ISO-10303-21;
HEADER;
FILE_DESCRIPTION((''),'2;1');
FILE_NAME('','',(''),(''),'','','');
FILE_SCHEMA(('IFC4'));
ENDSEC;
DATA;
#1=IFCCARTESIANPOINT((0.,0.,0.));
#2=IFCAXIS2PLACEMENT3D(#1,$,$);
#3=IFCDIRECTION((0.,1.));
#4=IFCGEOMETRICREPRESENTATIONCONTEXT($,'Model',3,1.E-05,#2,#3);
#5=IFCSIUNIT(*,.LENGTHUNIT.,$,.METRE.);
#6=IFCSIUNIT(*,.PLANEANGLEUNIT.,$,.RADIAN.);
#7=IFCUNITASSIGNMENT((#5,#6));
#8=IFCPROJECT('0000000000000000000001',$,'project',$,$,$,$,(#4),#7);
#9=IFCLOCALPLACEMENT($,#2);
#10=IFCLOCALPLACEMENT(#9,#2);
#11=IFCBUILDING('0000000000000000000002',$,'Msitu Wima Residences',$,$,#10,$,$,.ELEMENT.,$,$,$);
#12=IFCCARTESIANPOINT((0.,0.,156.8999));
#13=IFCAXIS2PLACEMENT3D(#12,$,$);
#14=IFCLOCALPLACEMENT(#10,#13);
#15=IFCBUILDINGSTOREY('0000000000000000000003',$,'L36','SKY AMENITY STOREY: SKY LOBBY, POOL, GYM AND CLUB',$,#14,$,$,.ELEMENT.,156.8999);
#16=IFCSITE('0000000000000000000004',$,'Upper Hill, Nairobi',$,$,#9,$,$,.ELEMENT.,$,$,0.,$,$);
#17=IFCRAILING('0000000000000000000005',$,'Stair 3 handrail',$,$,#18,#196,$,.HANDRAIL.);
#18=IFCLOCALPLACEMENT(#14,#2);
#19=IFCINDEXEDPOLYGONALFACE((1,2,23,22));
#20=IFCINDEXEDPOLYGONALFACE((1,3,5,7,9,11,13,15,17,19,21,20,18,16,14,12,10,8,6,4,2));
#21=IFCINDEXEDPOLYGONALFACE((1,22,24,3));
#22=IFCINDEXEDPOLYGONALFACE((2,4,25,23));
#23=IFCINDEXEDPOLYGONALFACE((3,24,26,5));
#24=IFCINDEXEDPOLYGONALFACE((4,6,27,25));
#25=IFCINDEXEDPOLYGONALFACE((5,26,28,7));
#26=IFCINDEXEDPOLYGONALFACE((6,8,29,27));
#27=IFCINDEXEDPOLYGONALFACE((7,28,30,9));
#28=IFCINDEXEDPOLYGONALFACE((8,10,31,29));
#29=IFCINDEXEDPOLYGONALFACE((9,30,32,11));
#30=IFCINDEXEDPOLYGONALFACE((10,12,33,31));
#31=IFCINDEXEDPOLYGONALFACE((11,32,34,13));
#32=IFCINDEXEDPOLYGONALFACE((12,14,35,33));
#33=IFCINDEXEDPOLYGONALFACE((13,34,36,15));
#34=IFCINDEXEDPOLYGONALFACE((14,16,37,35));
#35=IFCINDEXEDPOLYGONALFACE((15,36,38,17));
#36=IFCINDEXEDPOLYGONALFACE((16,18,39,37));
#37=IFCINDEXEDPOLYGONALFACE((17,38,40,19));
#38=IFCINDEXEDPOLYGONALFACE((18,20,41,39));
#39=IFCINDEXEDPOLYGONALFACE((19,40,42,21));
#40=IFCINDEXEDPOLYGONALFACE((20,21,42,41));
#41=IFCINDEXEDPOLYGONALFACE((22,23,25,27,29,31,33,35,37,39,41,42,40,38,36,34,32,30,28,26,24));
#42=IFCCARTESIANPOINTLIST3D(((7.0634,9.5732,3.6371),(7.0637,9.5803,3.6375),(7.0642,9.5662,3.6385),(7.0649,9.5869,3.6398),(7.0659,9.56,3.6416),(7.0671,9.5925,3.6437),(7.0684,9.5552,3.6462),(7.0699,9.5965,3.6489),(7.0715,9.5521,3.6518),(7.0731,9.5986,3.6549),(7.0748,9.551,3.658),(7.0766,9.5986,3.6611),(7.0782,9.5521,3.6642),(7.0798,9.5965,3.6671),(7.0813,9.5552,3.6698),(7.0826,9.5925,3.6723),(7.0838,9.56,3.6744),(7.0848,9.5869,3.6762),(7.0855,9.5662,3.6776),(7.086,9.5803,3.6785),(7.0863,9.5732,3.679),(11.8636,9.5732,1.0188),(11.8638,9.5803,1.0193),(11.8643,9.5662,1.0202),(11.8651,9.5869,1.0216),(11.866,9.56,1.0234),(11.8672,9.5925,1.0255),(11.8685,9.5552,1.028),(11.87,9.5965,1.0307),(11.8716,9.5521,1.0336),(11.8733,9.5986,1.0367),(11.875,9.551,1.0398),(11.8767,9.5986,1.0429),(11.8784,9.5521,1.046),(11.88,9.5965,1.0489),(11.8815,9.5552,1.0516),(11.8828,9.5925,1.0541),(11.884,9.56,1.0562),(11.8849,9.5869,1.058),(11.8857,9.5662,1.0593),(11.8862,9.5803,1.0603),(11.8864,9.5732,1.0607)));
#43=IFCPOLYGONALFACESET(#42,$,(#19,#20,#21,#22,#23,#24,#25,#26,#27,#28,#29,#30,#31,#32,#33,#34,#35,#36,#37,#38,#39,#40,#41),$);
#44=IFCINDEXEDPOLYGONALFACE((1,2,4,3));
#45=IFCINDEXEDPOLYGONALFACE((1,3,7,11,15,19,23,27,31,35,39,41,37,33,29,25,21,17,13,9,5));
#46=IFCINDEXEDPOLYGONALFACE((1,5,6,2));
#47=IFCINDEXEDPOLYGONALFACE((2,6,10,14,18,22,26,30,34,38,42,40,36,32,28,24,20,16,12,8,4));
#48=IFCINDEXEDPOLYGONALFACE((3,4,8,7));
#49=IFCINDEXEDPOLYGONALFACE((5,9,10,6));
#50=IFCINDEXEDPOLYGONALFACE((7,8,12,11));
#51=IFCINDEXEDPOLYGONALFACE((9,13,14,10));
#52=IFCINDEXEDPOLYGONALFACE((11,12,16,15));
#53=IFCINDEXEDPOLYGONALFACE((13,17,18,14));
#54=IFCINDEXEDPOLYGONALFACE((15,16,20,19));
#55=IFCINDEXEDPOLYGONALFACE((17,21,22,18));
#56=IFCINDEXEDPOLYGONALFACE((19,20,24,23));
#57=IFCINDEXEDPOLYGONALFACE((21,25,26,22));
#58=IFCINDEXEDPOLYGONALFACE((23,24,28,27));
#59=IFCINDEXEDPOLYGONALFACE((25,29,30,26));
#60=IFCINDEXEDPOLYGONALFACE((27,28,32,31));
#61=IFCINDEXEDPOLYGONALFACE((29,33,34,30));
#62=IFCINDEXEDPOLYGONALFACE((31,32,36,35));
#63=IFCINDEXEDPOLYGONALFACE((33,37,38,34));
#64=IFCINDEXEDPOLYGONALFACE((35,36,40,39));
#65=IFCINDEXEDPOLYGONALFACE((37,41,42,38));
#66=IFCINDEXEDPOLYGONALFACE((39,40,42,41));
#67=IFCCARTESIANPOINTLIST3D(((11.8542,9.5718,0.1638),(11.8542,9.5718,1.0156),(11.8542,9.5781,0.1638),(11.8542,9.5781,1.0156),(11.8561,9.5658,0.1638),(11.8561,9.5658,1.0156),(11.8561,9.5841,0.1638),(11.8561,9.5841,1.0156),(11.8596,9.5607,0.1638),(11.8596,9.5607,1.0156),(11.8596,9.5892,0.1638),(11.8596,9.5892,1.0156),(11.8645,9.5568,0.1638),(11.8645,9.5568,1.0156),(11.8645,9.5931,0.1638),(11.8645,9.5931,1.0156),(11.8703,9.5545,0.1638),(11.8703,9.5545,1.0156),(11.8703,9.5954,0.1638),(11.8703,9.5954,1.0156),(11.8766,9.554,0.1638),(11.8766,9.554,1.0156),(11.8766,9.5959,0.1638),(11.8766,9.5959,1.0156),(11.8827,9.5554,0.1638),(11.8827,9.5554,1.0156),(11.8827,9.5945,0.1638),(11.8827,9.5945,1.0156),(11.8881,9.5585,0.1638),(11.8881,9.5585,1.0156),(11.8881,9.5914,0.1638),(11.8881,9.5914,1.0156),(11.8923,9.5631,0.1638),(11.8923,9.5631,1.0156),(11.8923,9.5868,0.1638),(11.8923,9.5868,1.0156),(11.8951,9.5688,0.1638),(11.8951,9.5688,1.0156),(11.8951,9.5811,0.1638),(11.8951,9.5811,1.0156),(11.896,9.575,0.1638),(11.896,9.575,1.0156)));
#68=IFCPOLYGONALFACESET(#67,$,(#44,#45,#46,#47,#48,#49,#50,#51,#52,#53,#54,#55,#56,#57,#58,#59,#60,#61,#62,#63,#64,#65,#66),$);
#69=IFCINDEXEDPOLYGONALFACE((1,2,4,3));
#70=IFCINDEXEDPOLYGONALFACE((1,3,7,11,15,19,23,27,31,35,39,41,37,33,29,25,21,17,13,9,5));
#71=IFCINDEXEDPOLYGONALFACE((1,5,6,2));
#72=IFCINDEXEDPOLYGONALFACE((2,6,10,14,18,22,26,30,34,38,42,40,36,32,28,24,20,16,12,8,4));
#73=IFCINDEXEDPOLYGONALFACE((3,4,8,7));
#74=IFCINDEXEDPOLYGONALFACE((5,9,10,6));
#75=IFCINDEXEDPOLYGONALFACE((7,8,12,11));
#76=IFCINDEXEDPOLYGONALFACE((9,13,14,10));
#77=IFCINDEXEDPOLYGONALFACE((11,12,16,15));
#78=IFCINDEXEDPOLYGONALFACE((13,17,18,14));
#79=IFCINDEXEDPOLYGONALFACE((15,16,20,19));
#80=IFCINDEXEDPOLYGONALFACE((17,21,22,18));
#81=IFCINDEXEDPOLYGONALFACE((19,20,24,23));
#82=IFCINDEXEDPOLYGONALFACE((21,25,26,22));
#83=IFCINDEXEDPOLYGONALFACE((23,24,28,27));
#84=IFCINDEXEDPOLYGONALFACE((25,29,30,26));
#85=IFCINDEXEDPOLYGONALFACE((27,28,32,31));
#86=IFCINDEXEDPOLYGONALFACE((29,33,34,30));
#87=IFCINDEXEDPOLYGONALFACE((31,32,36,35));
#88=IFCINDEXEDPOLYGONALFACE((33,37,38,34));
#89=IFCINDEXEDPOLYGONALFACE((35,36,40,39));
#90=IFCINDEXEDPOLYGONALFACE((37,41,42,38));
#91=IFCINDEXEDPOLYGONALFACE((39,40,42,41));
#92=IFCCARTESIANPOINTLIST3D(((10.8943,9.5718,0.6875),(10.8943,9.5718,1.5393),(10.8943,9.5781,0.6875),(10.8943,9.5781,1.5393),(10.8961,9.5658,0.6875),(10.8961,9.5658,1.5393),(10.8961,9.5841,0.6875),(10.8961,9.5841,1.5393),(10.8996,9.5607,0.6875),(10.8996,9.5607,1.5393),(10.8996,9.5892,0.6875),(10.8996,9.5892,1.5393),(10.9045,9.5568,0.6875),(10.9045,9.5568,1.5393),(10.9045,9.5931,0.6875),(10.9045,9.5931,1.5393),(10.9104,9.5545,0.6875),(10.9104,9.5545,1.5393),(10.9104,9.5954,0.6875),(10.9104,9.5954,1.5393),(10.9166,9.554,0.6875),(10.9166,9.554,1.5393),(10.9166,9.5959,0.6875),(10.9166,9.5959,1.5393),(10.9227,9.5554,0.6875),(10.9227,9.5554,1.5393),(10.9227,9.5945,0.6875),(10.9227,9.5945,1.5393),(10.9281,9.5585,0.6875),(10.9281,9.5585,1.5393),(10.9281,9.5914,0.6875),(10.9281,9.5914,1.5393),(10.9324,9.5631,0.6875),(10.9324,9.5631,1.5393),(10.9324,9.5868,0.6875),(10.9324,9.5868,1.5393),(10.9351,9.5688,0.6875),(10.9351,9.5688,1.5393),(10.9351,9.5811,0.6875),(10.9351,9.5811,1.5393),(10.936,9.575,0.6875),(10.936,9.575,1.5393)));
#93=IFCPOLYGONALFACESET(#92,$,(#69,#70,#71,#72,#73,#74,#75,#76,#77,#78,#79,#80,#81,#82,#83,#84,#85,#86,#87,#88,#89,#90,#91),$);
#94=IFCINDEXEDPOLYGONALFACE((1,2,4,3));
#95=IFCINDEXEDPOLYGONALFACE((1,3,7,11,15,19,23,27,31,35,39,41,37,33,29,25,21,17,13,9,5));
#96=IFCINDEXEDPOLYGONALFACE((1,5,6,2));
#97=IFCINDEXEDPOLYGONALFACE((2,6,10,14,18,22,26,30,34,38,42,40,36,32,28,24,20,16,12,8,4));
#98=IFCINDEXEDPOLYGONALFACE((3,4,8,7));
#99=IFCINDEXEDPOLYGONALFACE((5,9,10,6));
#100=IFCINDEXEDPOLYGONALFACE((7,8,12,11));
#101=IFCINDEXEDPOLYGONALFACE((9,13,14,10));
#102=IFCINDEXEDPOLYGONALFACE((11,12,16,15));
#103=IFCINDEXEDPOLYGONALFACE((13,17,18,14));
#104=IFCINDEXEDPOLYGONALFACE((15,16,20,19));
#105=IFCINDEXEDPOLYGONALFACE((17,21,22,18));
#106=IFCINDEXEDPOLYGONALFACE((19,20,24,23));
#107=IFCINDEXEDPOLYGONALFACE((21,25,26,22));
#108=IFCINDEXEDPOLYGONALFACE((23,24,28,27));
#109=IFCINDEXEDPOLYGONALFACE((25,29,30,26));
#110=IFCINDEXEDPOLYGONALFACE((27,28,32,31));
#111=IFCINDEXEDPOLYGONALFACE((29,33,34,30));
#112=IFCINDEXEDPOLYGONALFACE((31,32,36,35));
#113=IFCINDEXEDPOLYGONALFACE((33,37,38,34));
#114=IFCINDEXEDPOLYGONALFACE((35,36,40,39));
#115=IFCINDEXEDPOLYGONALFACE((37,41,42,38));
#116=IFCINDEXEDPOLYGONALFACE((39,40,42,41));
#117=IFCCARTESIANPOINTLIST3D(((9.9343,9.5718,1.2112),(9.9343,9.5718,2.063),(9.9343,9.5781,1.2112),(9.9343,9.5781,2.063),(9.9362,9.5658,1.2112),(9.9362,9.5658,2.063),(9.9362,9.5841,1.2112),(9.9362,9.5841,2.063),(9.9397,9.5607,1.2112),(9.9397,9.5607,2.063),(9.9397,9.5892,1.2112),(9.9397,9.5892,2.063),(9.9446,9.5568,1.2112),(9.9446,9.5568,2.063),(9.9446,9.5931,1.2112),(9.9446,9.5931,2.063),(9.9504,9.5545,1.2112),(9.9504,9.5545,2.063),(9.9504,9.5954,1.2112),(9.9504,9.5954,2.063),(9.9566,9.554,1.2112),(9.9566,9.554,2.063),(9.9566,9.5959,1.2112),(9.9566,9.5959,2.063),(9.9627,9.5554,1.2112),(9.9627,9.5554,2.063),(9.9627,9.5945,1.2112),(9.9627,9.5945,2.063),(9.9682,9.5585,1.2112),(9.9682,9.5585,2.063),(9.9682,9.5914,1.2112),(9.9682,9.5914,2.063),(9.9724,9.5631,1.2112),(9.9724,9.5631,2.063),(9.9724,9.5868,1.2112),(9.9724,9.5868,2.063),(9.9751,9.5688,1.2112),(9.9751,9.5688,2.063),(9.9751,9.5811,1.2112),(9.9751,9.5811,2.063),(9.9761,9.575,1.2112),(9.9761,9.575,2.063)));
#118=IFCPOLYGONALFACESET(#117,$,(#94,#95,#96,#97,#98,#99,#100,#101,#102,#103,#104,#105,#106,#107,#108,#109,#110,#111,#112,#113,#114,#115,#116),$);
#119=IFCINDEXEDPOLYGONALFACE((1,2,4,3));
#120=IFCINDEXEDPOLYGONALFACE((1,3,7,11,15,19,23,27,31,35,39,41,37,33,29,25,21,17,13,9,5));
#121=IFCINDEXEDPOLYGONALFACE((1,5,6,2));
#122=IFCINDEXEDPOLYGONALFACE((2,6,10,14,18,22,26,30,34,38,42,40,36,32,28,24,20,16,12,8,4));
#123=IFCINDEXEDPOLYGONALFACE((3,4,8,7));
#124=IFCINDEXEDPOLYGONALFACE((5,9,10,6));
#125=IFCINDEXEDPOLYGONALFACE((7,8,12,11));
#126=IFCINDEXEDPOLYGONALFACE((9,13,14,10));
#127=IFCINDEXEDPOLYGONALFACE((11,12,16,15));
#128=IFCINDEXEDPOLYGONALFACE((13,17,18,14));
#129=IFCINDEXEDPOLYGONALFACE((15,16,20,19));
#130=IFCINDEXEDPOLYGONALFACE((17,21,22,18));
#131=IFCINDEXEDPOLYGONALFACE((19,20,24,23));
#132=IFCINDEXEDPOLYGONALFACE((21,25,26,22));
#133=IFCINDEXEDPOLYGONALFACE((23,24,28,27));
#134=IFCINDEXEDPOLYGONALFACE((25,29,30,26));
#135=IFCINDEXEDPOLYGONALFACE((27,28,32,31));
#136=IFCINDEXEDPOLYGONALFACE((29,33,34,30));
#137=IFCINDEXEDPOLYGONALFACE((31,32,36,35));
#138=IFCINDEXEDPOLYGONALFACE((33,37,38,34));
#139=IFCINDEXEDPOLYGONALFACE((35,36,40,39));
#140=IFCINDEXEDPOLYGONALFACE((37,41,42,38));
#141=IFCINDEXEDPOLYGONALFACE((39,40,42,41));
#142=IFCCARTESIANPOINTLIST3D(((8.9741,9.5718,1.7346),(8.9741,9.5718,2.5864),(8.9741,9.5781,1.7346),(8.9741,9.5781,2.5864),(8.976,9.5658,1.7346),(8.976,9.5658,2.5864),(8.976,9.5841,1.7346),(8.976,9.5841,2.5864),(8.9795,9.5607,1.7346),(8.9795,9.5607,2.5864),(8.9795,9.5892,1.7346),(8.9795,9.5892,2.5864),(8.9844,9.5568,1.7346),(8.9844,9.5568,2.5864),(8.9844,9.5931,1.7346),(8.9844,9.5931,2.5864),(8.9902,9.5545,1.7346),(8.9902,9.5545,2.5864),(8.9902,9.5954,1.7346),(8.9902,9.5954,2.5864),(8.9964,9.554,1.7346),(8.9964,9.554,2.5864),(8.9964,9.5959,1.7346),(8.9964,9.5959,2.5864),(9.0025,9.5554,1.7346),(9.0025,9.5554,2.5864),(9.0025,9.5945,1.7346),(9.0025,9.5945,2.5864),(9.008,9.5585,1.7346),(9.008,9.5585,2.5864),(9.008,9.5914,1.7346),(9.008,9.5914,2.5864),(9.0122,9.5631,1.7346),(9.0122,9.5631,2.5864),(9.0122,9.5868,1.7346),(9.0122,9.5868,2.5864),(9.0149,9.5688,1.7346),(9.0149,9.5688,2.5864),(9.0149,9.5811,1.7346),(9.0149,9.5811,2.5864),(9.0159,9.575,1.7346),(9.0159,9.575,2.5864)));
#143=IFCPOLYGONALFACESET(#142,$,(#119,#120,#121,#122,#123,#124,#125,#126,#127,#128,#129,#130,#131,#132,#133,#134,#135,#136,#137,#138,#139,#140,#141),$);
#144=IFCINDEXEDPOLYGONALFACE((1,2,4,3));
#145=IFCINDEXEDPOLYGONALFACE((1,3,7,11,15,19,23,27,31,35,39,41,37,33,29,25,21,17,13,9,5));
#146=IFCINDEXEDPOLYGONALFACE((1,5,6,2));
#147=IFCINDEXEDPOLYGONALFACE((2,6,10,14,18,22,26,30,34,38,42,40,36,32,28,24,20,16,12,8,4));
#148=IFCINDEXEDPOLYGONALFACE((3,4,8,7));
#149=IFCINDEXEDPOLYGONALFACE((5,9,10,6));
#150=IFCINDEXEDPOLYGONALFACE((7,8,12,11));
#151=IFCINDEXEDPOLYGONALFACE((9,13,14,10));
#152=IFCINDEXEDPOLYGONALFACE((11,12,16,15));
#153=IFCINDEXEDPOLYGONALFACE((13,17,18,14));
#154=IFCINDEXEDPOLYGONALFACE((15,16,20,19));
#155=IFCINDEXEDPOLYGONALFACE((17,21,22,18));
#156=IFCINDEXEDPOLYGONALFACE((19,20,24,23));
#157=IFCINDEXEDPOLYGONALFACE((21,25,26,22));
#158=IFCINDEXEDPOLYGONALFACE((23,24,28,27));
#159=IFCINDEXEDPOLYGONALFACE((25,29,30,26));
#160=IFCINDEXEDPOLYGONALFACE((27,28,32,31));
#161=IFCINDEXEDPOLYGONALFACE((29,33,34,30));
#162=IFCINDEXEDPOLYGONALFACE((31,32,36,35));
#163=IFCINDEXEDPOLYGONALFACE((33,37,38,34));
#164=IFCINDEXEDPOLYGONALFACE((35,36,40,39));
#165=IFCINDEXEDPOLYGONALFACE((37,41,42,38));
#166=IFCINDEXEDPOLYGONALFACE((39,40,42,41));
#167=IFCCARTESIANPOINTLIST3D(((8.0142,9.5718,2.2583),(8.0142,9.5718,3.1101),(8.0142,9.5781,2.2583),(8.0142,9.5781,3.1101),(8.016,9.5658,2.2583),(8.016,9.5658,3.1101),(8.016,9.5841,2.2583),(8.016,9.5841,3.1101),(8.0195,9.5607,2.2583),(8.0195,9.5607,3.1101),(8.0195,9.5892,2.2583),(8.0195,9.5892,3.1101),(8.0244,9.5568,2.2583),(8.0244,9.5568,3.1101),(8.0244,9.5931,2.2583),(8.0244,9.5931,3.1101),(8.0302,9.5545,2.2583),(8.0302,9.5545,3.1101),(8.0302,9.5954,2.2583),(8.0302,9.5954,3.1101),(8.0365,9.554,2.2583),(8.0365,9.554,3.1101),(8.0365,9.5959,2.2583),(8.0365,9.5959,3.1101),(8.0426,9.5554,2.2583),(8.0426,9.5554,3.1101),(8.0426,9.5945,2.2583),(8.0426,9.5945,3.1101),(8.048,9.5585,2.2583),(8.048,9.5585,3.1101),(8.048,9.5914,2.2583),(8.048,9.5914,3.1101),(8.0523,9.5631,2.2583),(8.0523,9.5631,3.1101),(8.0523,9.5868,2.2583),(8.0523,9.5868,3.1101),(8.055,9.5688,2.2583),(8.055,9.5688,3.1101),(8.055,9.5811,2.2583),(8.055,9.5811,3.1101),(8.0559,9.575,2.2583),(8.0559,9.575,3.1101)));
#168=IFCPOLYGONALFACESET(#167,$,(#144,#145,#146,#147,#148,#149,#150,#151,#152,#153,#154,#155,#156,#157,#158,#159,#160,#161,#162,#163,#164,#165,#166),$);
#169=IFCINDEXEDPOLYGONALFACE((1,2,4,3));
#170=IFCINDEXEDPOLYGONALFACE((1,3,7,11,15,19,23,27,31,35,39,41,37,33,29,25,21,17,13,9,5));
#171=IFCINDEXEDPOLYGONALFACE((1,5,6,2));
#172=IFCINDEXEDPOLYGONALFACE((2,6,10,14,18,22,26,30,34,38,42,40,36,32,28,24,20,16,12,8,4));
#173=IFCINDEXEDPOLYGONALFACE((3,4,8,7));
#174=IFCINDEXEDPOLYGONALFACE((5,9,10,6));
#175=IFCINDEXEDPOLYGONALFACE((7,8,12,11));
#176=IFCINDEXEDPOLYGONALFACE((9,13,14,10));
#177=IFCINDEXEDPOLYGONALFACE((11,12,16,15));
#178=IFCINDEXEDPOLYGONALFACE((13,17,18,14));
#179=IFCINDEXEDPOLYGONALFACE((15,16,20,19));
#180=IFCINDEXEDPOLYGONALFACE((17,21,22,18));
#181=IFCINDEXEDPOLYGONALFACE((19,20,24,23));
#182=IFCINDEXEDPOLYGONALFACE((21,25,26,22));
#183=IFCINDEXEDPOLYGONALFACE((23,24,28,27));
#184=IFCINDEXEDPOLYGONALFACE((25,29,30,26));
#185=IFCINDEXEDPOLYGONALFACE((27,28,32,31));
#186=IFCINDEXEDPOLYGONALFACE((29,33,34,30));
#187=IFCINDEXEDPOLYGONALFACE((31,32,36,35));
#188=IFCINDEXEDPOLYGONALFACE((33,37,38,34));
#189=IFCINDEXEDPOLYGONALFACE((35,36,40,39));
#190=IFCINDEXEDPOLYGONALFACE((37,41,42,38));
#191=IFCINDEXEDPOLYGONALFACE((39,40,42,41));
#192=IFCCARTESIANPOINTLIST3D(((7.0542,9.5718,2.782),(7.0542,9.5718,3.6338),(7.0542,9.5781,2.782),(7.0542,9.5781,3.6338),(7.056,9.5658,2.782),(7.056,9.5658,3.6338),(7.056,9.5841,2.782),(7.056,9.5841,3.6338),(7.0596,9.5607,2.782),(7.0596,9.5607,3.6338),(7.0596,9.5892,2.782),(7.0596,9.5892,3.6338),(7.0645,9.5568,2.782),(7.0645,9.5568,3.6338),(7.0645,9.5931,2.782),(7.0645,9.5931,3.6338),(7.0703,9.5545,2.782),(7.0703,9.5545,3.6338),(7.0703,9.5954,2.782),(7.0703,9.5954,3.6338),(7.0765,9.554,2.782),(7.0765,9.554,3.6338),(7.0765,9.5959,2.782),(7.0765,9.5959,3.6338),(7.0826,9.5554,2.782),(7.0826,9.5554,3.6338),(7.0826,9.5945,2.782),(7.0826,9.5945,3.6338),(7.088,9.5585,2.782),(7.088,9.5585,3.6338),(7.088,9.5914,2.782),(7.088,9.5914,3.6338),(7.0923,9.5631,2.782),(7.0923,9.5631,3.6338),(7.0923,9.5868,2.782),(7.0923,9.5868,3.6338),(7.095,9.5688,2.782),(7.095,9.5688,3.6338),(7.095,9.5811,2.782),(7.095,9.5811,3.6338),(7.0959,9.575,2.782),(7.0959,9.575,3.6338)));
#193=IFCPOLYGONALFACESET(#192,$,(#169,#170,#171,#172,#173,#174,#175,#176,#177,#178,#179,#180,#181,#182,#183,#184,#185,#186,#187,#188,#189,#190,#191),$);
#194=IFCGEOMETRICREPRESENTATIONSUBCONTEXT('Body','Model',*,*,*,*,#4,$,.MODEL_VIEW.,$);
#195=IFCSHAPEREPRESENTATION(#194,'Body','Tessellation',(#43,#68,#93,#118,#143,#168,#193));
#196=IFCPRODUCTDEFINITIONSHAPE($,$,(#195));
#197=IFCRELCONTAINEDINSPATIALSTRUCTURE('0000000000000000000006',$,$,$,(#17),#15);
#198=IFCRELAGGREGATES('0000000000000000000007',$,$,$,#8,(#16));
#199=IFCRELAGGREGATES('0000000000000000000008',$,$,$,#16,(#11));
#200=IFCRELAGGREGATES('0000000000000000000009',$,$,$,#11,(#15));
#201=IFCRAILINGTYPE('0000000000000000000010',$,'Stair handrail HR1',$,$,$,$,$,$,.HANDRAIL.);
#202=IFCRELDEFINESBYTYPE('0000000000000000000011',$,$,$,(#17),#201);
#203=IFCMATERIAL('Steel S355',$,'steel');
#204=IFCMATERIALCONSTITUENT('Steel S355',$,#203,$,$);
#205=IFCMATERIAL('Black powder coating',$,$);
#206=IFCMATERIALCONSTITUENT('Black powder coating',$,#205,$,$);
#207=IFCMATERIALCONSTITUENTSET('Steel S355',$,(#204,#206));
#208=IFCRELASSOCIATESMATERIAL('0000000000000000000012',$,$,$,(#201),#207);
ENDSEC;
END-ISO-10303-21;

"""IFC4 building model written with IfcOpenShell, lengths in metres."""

from ifc_helpers import new_model, si_unit, direction, frame, origin, origin_2d, place, context, subcontext, project, spatial, circle, extrude, material, constituent, constituent_set, type_object, element, save


model = new_model("IFC4")

# Units and contexts
model_context = context("Model", 3, precision=1e-05, world=origin(), true_north=direction((0.0, 1.0)))
body_context = subcontext(model_context, "Body", "Model", "MODEL_VIEW")
ifc_project = project(units=[si_unit("LENGTHUNIT", "METRE"), si_unit("PLANEANGLEUNIT", "RADIAN")], contexts=[model_context])

# Site, building, storey
site_placement = place(None, origin())
site = spatial("IfcSite", under=ifc_project, at=site_placement, Name="Upper Hill, Nairobi", CompositionType="ELEMENT", RefElevation=0.0)
building_placement = place(site_placement, origin())
building = spatial("IfcBuilding", under=site, at=building_placement, Name="Msitu Wima Residences", CompositionType="ELEMENT")
storey_placement = place(building_placement, frame((0.0, 0.0, 156.8999)))
storey = spatial("IfcBuildingStorey", under=building, at=storey_placement, Name="L36", Description="SKY AMENITY STOREY: SKY LOBBY, POOL, GYM AND CLUB", CompositionType="ELEMENT", Elevation=156.8999)

# Railing
ifc_material_1 = material(Name="Steel S355", Category="steel")
ifc_constituent_1 = constituent(ifc_material_1, Name="Steel S355")
ifc_material_2 = material(Name="Black powder coating")
ifc_constituent_2 = constituent(ifc_material_2, Name="Black powder coating")
ifc_constituent_set = constituent_set(constituents=[ifc_constituent_1, ifc_constituent_2], Name="Steel S355")
railing_type = type_object("IfcRailingType", Name="Stair handrail HR1", PredefinedType="HANDRAIL", material=ifc_constituent_set)
for number, where, name in (
    (1, (11.875, 9.575, 0.1638), "Stair 3 handrail"),
):
    element("IfcRailing", number, at=place(storey_placement, frame(where)), inside=storey, type_object=railing_type, Name=name, PredefinedType="HANDRAIL", context=body_context, shape_type="SweptSolid", body=[
        extrude(circle(Radius=0.0239, at=origin_2d()), frame((0.0, 0.0, 0.876), z_axis=(-0.877899, 0.0, 0.478846), x_axis=(0.0, -1.0, 0.0)), (0.0, 0.0, 1.0), 5.4678),
        extrude(circle(Radius=0.021, at=origin_2d()), origin(), (0.0, 0.0, 1.0), 0.8518),
        extrude(circle(Radius=0.021, at=origin_2d()), frame((-0.96, 0.0, 0.5237)), (0.0, 0.0, 1.0), 0.8518),
        extrude(circle(Radius=0.021, at=origin_2d()), frame((-1.9199, 0.0, 1.0474)), (0.0, 0.0, 1.0), 0.8518),
        extrude(circle(Radius=0.021, at=origin_2d()), frame((-2.8801, 0.0, 1.5708)), (0.0, 0.0, 1.0), 0.8518),
        extrude(circle(Radius=0.021, at=origin_2d()), frame((-3.8401, 0.0, 2.0945)), (0.0, 0.0, 1.0), 0.8518),
        extrude(circle(Radius=0.021, at=origin_2d()), frame((-4.8, 0.0, 2.6182)), (0.0, 0.0, 1.0), 0.8518),
    ])

save(model, "model.ifc")
